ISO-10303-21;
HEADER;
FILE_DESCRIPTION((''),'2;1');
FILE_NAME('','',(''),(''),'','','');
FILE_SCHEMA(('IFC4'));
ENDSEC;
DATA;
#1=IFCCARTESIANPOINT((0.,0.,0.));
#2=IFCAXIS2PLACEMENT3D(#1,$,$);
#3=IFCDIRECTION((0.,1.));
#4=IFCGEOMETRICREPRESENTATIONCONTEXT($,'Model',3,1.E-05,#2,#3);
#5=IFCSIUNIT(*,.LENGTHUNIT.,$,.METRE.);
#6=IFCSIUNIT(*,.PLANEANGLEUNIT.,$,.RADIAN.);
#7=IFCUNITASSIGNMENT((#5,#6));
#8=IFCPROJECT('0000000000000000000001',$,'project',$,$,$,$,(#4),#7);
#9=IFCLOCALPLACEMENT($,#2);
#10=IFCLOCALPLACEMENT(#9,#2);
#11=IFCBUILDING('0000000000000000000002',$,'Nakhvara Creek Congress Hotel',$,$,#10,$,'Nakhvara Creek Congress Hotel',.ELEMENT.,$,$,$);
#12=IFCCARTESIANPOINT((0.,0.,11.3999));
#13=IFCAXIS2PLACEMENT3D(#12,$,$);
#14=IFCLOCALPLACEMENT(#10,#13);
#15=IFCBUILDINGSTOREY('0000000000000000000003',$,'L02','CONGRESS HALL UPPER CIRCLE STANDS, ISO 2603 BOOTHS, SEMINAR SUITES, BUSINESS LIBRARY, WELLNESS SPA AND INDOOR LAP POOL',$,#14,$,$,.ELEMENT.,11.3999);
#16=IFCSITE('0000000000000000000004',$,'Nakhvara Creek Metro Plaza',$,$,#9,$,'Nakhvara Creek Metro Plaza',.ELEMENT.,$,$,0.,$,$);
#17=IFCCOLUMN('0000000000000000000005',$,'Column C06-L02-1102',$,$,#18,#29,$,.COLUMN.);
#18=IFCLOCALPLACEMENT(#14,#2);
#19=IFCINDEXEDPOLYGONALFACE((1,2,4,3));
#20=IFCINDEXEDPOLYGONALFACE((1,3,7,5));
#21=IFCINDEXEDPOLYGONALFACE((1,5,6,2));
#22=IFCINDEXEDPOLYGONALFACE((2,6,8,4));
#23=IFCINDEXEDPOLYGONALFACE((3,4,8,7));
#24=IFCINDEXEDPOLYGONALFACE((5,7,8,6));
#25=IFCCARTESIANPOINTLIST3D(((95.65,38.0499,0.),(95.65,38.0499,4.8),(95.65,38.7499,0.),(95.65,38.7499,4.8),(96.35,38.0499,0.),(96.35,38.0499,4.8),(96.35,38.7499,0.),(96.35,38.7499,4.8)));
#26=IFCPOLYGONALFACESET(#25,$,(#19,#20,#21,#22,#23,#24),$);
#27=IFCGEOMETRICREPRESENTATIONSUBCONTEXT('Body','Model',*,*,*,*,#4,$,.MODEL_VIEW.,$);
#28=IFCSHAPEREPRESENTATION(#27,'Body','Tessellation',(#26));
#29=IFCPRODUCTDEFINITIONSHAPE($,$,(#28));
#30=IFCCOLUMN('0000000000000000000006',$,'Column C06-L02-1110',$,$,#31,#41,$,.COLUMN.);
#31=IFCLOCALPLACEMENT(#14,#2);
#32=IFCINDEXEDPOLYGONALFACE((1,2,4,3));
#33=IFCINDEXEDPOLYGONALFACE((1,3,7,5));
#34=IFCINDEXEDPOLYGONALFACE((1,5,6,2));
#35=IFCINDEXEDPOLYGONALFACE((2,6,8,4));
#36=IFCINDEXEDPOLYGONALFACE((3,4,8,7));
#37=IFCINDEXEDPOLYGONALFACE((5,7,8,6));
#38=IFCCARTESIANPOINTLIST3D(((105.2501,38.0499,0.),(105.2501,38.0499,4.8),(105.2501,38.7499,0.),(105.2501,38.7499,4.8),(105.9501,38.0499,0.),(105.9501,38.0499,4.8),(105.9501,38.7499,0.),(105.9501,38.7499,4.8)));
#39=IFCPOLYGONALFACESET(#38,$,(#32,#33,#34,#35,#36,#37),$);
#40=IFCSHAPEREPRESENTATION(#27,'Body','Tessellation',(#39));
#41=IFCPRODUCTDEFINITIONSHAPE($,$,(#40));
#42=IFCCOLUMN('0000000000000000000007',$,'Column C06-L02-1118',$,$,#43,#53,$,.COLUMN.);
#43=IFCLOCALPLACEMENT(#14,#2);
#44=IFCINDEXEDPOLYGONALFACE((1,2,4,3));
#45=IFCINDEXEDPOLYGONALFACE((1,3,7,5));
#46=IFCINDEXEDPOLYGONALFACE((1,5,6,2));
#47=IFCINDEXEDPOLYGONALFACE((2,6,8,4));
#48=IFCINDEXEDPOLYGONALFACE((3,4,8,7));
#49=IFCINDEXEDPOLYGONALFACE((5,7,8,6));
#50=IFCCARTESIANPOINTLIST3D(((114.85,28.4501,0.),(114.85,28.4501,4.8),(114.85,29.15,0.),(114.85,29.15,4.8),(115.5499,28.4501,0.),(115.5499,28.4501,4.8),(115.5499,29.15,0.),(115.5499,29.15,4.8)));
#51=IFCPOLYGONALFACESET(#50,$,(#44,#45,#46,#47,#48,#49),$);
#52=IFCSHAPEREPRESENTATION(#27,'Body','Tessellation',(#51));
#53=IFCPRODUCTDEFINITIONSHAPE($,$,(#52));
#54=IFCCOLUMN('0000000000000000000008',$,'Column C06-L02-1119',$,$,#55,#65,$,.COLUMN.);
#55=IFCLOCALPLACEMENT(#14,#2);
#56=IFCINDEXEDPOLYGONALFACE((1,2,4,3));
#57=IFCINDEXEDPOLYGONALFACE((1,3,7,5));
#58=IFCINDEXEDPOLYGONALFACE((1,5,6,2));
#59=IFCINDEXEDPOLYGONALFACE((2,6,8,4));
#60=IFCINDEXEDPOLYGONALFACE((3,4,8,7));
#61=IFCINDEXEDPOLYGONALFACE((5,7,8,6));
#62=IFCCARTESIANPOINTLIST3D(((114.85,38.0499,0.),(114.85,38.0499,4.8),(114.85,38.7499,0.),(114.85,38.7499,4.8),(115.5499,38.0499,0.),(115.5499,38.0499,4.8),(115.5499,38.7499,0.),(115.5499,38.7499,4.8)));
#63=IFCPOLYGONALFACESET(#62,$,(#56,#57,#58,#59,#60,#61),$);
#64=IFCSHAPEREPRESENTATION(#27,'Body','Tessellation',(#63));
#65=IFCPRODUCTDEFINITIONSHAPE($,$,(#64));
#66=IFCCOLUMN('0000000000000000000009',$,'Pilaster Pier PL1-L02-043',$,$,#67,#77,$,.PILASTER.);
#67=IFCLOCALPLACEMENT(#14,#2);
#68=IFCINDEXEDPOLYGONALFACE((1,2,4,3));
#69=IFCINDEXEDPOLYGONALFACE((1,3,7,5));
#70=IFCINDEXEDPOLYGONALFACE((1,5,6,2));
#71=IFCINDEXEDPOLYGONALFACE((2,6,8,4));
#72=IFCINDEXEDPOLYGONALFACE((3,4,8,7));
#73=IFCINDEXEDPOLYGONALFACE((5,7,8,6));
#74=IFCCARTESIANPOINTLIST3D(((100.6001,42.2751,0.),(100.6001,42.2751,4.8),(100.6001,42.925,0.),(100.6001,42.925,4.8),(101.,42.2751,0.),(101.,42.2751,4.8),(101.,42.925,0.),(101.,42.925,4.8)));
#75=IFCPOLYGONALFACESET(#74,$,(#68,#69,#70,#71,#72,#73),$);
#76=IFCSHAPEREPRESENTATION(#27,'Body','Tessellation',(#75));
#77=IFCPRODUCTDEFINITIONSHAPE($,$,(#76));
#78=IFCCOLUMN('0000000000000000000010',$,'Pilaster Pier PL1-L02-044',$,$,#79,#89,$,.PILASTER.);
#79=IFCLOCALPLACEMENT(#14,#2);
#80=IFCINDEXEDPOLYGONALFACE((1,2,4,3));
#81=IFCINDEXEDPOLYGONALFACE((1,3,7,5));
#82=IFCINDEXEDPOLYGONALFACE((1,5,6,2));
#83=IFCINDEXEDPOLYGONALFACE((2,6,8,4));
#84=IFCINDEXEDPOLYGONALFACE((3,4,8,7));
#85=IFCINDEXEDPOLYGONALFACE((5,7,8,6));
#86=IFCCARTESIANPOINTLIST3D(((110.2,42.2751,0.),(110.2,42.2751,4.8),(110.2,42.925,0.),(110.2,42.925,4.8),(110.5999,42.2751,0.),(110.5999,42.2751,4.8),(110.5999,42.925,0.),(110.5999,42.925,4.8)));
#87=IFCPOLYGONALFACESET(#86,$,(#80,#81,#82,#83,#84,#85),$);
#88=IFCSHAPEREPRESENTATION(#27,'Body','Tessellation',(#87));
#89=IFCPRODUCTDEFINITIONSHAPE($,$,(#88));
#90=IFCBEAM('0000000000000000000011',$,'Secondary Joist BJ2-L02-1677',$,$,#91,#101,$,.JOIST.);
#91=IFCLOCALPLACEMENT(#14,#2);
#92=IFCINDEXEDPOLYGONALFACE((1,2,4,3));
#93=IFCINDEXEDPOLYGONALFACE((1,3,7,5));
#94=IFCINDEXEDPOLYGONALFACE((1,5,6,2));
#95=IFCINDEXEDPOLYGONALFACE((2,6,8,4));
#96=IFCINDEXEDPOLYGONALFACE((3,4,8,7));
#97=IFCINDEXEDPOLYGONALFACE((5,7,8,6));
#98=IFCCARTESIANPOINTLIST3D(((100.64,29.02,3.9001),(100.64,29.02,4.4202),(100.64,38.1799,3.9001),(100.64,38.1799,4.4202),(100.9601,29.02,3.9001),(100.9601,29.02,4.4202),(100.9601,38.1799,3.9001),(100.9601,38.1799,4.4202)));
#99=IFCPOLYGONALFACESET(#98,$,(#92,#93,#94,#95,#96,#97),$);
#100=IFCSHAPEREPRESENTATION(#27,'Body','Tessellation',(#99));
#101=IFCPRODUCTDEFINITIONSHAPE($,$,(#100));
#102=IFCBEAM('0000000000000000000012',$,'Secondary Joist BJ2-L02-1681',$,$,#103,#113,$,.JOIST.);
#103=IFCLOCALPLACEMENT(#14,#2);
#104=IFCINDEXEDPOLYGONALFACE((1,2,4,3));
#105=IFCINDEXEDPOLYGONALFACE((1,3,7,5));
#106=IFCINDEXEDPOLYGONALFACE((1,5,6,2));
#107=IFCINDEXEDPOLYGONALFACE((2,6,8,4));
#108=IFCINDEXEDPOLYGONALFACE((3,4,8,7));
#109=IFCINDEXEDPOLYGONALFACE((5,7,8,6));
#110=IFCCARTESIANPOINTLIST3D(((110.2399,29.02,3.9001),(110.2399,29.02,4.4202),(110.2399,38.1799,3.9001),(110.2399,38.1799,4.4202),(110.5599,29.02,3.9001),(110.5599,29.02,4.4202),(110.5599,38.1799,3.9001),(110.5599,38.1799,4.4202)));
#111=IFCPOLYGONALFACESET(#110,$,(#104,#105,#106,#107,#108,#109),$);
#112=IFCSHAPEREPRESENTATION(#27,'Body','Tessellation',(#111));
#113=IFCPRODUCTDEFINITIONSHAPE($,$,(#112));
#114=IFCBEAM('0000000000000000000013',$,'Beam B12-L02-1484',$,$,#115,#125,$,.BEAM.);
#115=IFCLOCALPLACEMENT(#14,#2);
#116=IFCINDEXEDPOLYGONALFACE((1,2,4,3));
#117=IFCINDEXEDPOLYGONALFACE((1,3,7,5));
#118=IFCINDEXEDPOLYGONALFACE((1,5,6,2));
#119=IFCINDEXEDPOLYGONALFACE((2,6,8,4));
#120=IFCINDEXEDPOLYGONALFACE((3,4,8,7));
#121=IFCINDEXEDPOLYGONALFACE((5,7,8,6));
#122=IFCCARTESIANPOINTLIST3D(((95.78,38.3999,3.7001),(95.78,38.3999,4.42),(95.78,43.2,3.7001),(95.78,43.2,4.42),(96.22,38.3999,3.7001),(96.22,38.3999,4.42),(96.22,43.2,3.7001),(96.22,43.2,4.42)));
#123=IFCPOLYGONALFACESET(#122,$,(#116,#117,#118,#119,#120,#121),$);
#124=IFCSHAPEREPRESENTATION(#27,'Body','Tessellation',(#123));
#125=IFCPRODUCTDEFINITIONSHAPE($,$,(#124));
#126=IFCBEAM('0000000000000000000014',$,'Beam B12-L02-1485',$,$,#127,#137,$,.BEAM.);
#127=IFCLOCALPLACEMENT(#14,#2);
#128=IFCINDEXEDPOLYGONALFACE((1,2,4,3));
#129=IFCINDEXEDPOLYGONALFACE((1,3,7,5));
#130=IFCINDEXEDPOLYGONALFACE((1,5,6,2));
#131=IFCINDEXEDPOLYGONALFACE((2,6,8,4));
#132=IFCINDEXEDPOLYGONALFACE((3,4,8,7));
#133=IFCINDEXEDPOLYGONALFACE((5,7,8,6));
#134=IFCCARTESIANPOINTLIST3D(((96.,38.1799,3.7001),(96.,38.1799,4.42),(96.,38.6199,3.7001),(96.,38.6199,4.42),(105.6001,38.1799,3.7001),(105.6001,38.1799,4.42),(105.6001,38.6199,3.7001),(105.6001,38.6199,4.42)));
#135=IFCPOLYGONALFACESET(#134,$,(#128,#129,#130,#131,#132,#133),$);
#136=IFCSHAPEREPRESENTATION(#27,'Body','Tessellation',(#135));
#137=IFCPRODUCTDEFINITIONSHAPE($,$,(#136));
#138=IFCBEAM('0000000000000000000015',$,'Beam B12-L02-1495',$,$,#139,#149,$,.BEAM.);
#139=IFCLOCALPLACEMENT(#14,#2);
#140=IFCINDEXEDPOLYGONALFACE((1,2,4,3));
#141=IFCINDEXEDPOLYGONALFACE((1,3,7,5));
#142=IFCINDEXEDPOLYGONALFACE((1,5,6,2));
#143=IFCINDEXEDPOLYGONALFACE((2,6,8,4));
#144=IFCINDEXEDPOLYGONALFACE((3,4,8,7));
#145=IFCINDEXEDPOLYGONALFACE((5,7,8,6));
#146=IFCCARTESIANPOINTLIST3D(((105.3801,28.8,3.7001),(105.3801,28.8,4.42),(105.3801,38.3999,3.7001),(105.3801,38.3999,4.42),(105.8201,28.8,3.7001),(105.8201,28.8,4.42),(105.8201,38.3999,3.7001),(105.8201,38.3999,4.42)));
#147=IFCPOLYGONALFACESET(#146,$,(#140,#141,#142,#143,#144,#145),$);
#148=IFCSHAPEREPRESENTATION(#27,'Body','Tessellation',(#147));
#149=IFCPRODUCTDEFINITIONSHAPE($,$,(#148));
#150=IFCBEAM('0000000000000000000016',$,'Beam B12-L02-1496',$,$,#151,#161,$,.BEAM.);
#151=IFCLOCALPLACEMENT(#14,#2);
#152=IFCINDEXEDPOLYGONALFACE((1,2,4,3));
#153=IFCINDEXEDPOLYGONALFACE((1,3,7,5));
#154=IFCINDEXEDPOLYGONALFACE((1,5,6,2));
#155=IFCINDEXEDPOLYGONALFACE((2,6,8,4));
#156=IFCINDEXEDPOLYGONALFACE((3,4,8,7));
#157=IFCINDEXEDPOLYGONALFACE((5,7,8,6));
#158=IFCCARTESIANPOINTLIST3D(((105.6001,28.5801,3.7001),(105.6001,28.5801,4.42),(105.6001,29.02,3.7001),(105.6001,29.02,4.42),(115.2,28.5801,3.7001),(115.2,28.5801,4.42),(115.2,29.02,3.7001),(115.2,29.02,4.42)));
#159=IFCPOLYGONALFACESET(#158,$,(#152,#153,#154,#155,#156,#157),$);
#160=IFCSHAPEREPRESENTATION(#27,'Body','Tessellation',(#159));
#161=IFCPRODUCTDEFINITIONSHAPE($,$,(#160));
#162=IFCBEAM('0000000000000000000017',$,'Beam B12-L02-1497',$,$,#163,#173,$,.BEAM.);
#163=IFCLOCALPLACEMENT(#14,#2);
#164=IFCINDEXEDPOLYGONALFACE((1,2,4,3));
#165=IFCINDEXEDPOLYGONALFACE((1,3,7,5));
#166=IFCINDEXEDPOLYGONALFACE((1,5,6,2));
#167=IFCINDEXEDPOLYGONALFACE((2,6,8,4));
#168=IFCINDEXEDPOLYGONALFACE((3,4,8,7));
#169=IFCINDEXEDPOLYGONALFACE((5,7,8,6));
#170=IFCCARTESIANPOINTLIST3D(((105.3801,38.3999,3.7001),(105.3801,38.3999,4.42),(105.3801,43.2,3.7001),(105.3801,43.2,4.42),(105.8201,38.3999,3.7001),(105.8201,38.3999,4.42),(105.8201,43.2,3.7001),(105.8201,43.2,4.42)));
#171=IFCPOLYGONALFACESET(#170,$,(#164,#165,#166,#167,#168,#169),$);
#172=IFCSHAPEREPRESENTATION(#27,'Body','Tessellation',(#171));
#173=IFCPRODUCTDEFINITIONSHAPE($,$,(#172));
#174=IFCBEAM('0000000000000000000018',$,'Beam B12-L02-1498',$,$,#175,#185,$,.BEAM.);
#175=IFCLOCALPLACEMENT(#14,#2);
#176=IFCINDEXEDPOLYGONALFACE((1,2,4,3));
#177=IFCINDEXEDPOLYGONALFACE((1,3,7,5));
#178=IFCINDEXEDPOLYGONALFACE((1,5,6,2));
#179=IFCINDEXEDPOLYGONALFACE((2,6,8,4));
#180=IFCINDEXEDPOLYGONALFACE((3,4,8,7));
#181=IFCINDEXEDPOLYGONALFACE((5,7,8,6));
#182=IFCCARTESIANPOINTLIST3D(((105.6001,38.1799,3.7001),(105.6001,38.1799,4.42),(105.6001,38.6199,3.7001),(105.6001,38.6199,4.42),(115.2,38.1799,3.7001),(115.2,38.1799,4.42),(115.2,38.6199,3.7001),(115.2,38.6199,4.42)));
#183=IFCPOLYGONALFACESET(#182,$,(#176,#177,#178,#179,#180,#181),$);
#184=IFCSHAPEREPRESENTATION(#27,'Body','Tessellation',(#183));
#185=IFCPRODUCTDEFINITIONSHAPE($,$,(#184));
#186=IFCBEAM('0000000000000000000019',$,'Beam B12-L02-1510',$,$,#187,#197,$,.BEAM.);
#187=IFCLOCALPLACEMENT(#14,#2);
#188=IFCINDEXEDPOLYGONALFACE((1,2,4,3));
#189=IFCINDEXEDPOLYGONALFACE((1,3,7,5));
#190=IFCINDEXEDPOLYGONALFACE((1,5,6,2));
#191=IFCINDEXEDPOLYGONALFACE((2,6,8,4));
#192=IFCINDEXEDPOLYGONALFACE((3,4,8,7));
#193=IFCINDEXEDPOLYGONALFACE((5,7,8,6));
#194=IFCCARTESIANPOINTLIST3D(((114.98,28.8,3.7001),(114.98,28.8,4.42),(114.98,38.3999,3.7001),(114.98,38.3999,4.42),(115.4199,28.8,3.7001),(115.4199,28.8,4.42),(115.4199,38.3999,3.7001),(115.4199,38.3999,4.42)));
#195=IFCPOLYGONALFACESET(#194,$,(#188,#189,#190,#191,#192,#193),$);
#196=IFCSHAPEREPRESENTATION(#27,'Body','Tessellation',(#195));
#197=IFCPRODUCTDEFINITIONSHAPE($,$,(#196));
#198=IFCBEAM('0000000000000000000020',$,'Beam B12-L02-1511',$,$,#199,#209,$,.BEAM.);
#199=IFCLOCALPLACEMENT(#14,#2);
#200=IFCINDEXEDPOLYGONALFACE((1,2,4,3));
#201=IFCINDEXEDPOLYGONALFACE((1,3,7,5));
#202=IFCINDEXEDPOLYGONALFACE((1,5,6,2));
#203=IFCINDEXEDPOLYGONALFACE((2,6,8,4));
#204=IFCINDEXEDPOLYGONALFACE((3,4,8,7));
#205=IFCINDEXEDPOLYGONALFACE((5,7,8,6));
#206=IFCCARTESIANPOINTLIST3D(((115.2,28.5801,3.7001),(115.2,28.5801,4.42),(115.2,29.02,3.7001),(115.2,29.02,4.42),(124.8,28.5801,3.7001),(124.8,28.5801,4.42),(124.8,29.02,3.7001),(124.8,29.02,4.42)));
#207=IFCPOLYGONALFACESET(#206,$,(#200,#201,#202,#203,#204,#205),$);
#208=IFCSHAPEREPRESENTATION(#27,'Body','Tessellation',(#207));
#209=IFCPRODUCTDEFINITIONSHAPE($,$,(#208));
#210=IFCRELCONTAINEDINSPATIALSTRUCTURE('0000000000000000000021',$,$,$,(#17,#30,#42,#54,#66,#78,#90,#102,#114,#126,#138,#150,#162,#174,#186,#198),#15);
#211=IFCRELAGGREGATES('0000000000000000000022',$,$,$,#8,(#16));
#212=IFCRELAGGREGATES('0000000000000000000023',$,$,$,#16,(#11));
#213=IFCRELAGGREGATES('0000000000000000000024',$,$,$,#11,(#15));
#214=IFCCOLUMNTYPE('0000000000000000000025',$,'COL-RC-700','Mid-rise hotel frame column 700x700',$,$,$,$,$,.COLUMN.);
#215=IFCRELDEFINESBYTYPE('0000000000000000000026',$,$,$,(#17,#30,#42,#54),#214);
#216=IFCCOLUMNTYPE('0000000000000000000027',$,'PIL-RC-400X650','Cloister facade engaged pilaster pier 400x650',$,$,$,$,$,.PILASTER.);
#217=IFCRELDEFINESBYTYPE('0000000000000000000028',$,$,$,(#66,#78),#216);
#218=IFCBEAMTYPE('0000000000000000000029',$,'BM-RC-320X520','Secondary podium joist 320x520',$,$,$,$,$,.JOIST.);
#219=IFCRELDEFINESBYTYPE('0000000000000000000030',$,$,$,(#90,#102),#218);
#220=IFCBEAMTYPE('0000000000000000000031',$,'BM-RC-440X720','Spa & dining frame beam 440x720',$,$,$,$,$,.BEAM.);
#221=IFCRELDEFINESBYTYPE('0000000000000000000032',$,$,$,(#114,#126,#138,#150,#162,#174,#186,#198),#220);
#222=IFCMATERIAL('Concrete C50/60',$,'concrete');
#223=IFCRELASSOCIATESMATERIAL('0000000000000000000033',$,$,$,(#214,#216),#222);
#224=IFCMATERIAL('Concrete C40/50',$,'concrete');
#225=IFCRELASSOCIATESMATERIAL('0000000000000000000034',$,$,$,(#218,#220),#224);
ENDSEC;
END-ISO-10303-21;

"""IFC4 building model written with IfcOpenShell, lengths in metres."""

from ifc_helpers import new_model, si_unit, direction, frame, origin, origin_2d, place, context, subcontext, project, spatial, rectangle, extrude, material, material_profile, profile_set, type_object, element, save


model = new_model("IFC4")

# Units and contexts
model_context = context("Model", 3, precision=1e-05, world=origin(), true_north=direction((0.0, 1.0)))
body_context = subcontext(model_context, "Body", "Model", "MODEL_VIEW")
ifc_project = project(units=[si_unit("LENGTHUNIT", "METRE"), si_unit("PLANEANGLEUNIT", "RADIAN")], contexts=[model_context])

# Site, building, storey
site_placement = place(None, origin())
site = spatial("IfcSite", under=ifc_project, at=site_placement, Name="Nakhvara Creek Metro Plaza", LongName="Nakhvara Creek Metro Plaza", CompositionType="ELEMENT", RefElevation=0.0)
building_placement = place(site_placement, origin())
building = spatial("IfcBuilding", under=site, at=building_placement, Name="Nakhvara Creek Congress Hotel", LongName="Nakhvara Creek Congress Hotel", CompositionType="ELEMENT")
storey_placement = place(building_placement, frame((0.0, 0.0, 11.3999)))
storey = spatial("IfcBuildingStorey", under=building, at=storey_placement, Name="L02", Description="CONGRESS HALL UPPER CIRCLE STANDS, ISO 2603 BOOTHS, SEMINAR SUITES, BUSINESS LIBRARY, WELLNESS SPA AND INDOOR LAP POOL", CompositionType="ELEMENT", Elevation=11.3999)

# Columns
ifc_material_1 = material(Name="Concrete C50/60", Category="concrete")
ifc_material_profile_1 = material_profile(ifc_material_1, rectangle(XDim=0.7, YDim=0.7, at=origin_2d()), Name="RC-COL 700x700", Category="LoadBearing")
ifc_profile_set_1 = profile_set([ifc_material_profile_1], Name="Concrete C50/60")
column_type_1 = type_object("IfcColumnType", Name="COL-RC-700", Description="Mid-rise hotel frame column 700x700", PredefinedType="COLUMN", material=ifc_profile_set_1)
for number, where, z_axis, x_axis, name in (
    (1, (96.0, 38.3999, 0.0), (0.0, 0.0, 1.0), (1.0, 0.0, 0.0), "Column C06-L02-1102"),
    (2, (105.6001, 38.3999, 0.0), (0.0, 0.0, 1.0), (1.0, 0.0, 0.0), "Column C06-L02-1110"),
    (3, (115.2, 28.8, 0.0), (0.0, 0.0, 1.0), (1.0, 0.0, 0.0), "Column C06-L02-1118"),
    (4, (115.2, 38.3999, 0.0), (0.0, 0.0, 1.0), (1.0, 0.0, 0.0), "Column C06-L02-1119"),
):
    element("IfcColumn", number, at=place(storey_placement, frame(where, z_axis=z_axis, x_axis=x_axis)), inside=storey, type_object=column_type_1, Name=name, PredefinedType="COLUMN", context=body_context, shape_type="SweptSolid", body=[
        extrude(rectangle(XDim=0.7, YDim=0.7, at=origin_2d()), origin(), (0.0, 0.0, 1.0), 4.8),
    ])
ifc_material_profile_2 = material_profile(ifc_material_1, rectangle(XDim=0.3999, YDim=0.6499, at=origin_2d()), Name="RC-PIL 400x650", Category="LoadBearing")
ifc_profile_set_2 = profile_set([ifc_material_profile_2], Name="Concrete C50/60")
column_type_2 = type_object("IfcColumnType", Name="PIL-RC-400X650", Description="Cloister facade engaged pilaster pier 400x650", PredefinedType="PILASTER", material=ifc_profile_set_2)
for number, where, z_axis, x_axis, name in (
    (5, (100.8, 42.6001, 0.0), (0.0, 0.0, 1.0), (1.0, 0.0, 0.0), "Pilaster Pier PL1-L02-043"),
    (6, (110.3999, 42.6001, 0.0), (0.0, 0.0, 1.0), (1.0, 0.0, 0.0), "Pilaster Pier PL1-L02-044"),
):
    element("IfcColumn", number, at=place(storey_placement, frame(where, z_axis=z_axis, x_axis=x_axis)), inside=storey, type_object=column_type_2, Name=name, PredefinedType="PILASTER", context=body_context, shape_type="SweptSolid", body=[
        extrude(rectangle(XDim=0.3999, YDim=0.6499, at=origin_2d()), origin(), (0.0, 0.0, 1.0), 4.8),
    ])

# Beams
ifc_material_2 = material(Name="Concrete C40/50", Category="concrete")
ifc_material_profile_3 = material_profile(ifc_material_2, rectangle(XDim=0.3201, YDim=0.52, at=origin_2d()), Name="RC-BM 320x520", Category="LoadBearing")
ifc_profile_set_3 = profile_set([ifc_material_profile_3], Name="Concrete C40/50")
beam_type_1 = type_object("IfcBeamType", Name="BM-RC-320X520", Description="Secondary podium joist 320x520", PredefinedType="JOIST", material=ifc_profile_set_3)
for number, where, z_axis, x_axis, name in (
    (7, (100.8, 29.02, 4.1602), (0.0, 1.0, 0.0), (-1.0, 0.0, 0.0), "Secondary Joist BJ2-L02-1677"),
    (8, (110.3999, 29.02, 4.1602), (0.0, 1.0, 0.0), (-1.0, 0.0, 0.0), "Secondary Joist BJ2-L02-1681"),
):
    element("IfcBeam", number, at=place(storey_placement, frame(where, z_axis=z_axis, x_axis=x_axis)), inside=storey, type_object=beam_type_1, Name=name, PredefinedType="JOIST", context=body_context, shape_type="SweptSolid", body=[
        extrude(rectangle(XDim=0.3201, YDim=0.52, at=origin_2d()), origin(), (0.0, 0.0, 1.0), 9.1599),
    ])
ifc_material_profile_4 = material_profile(ifc_material_2, rectangle(XDim=0.4399, YDim=0.72, at=origin_2d()), Name="RC-BM 440x720", Category="LoadBearing")
ifc_profile_set_4 = profile_set([ifc_material_profile_4], Name="Concrete C40/50")
beam_type_2 = type_object("IfcBeamType", Name="BM-RC-440X720", Description="Spa & dining frame beam 440x720", PredefinedType="BEAM", material=ifc_profile_set_4)
beam_1_placement = place(storey_placement, frame((96.0, 38.3999, 4.0601), z_axis=(0.0, 1.0, 0.0), x_axis=(-1.0, 0.0, 0.0)))
element("IfcBeam", 9, at=beam_1_placement, inside=storey, type_object=beam_type_2, Name="Beam B12-L02-1484", PredefinedType="BEAM", context=body_context, shape_type="SweptSolid", body=[
    extrude(rectangle(XDim=0.4399, YDim=0.72, at=origin_2d()), origin(), (0.0, 0.0, 1.0), 4.8),
])
beam_2_placement = place(storey_placement, frame((96.0, 38.3999, 4.0601), z_axis=(1.0, 0.0, 0.0), x_axis=(0.0, 1.0, 0.0)))
element("IfcBeam", 10, at=beam_2_placement, inside=storey, type_object=beam_type_2, Name="Beam B12-L02-1485", PredefinedType="BEAM", context=body_context, shape_type="SweptSolid", body=[
    extrude(rectangle(XDim=0.4399, YDim=0.72, at=origin_2d()), origin(), (0.0, 0.0, 1.0), 9.6001),
])
for number, where, z_axis, x_axis, name in (
    (11, (105.6001, 28.8, 4.0601), (0.0, 1.0, 0.0), (-1.0, 0.0, 0.0), "Beam B12-L02-1495"),
    (12, (105.6001, 28.8, 4.0601), (1.0, 0.0, 0.0), (0.0, 1.0, 0.0), "Beam B12-L02-1496"),
):
    element("IfcBeam", number, at=place(storey_placement, frame(where, z_axis=z_axis, x_axis=x_axis)), inside=storey, type_object=beam_type_2, Name=name, PredefinedType="BEAM", context=body_context, shape_type="SweptSolid", body=[
        extrude(rectangle(XDim=0.4399, YDim=0.72, at=origin_2d()), origin(), (0.0, 0.0, 1.0), 9.5999),
    ])
beam_3_placement = place(storey_placement, frame((105.6001, 38.3999, 4.0601), z_axis=(0.0, 1.0, 0.0), x_axis=(-1.0, 0.0, 0.0)))
element("IfcBeam", 13, at=beam_3_placement, inside=storey, type_object=beam_type_2, Name="Beam B12-L02-1497", PredefinedType="BEAM", context=body_context, shape_type="SweptSolid", body=[
    extrude(rectangle(XDim=0.4399, YDim=0.72, at=origin_2d()), origin(), (0.0, 0.0, 1.0), 4.8),
])
for number, where, z_axis, x_axis, name in (
    (14, (105.6001, 38.3999, 4.0601), (1.0, 0.0, 0.0), (0.0, 1.0, 0.0), "Beam B12-L02-1498"),
    (15, (115.2, 28.8, 4.0601), (0.0, 1.0, 0.0), (-1.0, 0.0, 0.0), "Beam B12-L02-1510"),
):
    element("IfcBeam", number, at=place(storey_placement, frame(where, z_axis=z_axis, x_axis=x_axis)), inside=storey, type_object=beam_type_2, Name=name, PredefinedType="BEAM", context=body_context, shape_type="SweptSolid", body=[
        extrude(rectangle(XDim=0.4399, YDim=0.72, at=origin_2d()), origin(), (0.0, 0.0, 1.0), 9.5999),
    ])
beam_4_placement = place(storey_placement, frame((115.2, 28.8, 4.0601), z_axis=(1.0, 0.0, 0.0), x_axis=(0.0, 1.0, 0.0)))
element("IfcBeam", 16, at=beam_4_placement, inside=storey, type_object=beam_type_2, Name="Beam B12-L02-1511", PredefinedType="BEAM", context=body_context, shape_type="SweptSolid", body=[
    extrude(rectangle(XDim=0.4399, YDim=0.72, at=origin_2d()), origin(), (0.0, 0.0, 1.0), 9.6001),
])

save(model, "model.ifc")
